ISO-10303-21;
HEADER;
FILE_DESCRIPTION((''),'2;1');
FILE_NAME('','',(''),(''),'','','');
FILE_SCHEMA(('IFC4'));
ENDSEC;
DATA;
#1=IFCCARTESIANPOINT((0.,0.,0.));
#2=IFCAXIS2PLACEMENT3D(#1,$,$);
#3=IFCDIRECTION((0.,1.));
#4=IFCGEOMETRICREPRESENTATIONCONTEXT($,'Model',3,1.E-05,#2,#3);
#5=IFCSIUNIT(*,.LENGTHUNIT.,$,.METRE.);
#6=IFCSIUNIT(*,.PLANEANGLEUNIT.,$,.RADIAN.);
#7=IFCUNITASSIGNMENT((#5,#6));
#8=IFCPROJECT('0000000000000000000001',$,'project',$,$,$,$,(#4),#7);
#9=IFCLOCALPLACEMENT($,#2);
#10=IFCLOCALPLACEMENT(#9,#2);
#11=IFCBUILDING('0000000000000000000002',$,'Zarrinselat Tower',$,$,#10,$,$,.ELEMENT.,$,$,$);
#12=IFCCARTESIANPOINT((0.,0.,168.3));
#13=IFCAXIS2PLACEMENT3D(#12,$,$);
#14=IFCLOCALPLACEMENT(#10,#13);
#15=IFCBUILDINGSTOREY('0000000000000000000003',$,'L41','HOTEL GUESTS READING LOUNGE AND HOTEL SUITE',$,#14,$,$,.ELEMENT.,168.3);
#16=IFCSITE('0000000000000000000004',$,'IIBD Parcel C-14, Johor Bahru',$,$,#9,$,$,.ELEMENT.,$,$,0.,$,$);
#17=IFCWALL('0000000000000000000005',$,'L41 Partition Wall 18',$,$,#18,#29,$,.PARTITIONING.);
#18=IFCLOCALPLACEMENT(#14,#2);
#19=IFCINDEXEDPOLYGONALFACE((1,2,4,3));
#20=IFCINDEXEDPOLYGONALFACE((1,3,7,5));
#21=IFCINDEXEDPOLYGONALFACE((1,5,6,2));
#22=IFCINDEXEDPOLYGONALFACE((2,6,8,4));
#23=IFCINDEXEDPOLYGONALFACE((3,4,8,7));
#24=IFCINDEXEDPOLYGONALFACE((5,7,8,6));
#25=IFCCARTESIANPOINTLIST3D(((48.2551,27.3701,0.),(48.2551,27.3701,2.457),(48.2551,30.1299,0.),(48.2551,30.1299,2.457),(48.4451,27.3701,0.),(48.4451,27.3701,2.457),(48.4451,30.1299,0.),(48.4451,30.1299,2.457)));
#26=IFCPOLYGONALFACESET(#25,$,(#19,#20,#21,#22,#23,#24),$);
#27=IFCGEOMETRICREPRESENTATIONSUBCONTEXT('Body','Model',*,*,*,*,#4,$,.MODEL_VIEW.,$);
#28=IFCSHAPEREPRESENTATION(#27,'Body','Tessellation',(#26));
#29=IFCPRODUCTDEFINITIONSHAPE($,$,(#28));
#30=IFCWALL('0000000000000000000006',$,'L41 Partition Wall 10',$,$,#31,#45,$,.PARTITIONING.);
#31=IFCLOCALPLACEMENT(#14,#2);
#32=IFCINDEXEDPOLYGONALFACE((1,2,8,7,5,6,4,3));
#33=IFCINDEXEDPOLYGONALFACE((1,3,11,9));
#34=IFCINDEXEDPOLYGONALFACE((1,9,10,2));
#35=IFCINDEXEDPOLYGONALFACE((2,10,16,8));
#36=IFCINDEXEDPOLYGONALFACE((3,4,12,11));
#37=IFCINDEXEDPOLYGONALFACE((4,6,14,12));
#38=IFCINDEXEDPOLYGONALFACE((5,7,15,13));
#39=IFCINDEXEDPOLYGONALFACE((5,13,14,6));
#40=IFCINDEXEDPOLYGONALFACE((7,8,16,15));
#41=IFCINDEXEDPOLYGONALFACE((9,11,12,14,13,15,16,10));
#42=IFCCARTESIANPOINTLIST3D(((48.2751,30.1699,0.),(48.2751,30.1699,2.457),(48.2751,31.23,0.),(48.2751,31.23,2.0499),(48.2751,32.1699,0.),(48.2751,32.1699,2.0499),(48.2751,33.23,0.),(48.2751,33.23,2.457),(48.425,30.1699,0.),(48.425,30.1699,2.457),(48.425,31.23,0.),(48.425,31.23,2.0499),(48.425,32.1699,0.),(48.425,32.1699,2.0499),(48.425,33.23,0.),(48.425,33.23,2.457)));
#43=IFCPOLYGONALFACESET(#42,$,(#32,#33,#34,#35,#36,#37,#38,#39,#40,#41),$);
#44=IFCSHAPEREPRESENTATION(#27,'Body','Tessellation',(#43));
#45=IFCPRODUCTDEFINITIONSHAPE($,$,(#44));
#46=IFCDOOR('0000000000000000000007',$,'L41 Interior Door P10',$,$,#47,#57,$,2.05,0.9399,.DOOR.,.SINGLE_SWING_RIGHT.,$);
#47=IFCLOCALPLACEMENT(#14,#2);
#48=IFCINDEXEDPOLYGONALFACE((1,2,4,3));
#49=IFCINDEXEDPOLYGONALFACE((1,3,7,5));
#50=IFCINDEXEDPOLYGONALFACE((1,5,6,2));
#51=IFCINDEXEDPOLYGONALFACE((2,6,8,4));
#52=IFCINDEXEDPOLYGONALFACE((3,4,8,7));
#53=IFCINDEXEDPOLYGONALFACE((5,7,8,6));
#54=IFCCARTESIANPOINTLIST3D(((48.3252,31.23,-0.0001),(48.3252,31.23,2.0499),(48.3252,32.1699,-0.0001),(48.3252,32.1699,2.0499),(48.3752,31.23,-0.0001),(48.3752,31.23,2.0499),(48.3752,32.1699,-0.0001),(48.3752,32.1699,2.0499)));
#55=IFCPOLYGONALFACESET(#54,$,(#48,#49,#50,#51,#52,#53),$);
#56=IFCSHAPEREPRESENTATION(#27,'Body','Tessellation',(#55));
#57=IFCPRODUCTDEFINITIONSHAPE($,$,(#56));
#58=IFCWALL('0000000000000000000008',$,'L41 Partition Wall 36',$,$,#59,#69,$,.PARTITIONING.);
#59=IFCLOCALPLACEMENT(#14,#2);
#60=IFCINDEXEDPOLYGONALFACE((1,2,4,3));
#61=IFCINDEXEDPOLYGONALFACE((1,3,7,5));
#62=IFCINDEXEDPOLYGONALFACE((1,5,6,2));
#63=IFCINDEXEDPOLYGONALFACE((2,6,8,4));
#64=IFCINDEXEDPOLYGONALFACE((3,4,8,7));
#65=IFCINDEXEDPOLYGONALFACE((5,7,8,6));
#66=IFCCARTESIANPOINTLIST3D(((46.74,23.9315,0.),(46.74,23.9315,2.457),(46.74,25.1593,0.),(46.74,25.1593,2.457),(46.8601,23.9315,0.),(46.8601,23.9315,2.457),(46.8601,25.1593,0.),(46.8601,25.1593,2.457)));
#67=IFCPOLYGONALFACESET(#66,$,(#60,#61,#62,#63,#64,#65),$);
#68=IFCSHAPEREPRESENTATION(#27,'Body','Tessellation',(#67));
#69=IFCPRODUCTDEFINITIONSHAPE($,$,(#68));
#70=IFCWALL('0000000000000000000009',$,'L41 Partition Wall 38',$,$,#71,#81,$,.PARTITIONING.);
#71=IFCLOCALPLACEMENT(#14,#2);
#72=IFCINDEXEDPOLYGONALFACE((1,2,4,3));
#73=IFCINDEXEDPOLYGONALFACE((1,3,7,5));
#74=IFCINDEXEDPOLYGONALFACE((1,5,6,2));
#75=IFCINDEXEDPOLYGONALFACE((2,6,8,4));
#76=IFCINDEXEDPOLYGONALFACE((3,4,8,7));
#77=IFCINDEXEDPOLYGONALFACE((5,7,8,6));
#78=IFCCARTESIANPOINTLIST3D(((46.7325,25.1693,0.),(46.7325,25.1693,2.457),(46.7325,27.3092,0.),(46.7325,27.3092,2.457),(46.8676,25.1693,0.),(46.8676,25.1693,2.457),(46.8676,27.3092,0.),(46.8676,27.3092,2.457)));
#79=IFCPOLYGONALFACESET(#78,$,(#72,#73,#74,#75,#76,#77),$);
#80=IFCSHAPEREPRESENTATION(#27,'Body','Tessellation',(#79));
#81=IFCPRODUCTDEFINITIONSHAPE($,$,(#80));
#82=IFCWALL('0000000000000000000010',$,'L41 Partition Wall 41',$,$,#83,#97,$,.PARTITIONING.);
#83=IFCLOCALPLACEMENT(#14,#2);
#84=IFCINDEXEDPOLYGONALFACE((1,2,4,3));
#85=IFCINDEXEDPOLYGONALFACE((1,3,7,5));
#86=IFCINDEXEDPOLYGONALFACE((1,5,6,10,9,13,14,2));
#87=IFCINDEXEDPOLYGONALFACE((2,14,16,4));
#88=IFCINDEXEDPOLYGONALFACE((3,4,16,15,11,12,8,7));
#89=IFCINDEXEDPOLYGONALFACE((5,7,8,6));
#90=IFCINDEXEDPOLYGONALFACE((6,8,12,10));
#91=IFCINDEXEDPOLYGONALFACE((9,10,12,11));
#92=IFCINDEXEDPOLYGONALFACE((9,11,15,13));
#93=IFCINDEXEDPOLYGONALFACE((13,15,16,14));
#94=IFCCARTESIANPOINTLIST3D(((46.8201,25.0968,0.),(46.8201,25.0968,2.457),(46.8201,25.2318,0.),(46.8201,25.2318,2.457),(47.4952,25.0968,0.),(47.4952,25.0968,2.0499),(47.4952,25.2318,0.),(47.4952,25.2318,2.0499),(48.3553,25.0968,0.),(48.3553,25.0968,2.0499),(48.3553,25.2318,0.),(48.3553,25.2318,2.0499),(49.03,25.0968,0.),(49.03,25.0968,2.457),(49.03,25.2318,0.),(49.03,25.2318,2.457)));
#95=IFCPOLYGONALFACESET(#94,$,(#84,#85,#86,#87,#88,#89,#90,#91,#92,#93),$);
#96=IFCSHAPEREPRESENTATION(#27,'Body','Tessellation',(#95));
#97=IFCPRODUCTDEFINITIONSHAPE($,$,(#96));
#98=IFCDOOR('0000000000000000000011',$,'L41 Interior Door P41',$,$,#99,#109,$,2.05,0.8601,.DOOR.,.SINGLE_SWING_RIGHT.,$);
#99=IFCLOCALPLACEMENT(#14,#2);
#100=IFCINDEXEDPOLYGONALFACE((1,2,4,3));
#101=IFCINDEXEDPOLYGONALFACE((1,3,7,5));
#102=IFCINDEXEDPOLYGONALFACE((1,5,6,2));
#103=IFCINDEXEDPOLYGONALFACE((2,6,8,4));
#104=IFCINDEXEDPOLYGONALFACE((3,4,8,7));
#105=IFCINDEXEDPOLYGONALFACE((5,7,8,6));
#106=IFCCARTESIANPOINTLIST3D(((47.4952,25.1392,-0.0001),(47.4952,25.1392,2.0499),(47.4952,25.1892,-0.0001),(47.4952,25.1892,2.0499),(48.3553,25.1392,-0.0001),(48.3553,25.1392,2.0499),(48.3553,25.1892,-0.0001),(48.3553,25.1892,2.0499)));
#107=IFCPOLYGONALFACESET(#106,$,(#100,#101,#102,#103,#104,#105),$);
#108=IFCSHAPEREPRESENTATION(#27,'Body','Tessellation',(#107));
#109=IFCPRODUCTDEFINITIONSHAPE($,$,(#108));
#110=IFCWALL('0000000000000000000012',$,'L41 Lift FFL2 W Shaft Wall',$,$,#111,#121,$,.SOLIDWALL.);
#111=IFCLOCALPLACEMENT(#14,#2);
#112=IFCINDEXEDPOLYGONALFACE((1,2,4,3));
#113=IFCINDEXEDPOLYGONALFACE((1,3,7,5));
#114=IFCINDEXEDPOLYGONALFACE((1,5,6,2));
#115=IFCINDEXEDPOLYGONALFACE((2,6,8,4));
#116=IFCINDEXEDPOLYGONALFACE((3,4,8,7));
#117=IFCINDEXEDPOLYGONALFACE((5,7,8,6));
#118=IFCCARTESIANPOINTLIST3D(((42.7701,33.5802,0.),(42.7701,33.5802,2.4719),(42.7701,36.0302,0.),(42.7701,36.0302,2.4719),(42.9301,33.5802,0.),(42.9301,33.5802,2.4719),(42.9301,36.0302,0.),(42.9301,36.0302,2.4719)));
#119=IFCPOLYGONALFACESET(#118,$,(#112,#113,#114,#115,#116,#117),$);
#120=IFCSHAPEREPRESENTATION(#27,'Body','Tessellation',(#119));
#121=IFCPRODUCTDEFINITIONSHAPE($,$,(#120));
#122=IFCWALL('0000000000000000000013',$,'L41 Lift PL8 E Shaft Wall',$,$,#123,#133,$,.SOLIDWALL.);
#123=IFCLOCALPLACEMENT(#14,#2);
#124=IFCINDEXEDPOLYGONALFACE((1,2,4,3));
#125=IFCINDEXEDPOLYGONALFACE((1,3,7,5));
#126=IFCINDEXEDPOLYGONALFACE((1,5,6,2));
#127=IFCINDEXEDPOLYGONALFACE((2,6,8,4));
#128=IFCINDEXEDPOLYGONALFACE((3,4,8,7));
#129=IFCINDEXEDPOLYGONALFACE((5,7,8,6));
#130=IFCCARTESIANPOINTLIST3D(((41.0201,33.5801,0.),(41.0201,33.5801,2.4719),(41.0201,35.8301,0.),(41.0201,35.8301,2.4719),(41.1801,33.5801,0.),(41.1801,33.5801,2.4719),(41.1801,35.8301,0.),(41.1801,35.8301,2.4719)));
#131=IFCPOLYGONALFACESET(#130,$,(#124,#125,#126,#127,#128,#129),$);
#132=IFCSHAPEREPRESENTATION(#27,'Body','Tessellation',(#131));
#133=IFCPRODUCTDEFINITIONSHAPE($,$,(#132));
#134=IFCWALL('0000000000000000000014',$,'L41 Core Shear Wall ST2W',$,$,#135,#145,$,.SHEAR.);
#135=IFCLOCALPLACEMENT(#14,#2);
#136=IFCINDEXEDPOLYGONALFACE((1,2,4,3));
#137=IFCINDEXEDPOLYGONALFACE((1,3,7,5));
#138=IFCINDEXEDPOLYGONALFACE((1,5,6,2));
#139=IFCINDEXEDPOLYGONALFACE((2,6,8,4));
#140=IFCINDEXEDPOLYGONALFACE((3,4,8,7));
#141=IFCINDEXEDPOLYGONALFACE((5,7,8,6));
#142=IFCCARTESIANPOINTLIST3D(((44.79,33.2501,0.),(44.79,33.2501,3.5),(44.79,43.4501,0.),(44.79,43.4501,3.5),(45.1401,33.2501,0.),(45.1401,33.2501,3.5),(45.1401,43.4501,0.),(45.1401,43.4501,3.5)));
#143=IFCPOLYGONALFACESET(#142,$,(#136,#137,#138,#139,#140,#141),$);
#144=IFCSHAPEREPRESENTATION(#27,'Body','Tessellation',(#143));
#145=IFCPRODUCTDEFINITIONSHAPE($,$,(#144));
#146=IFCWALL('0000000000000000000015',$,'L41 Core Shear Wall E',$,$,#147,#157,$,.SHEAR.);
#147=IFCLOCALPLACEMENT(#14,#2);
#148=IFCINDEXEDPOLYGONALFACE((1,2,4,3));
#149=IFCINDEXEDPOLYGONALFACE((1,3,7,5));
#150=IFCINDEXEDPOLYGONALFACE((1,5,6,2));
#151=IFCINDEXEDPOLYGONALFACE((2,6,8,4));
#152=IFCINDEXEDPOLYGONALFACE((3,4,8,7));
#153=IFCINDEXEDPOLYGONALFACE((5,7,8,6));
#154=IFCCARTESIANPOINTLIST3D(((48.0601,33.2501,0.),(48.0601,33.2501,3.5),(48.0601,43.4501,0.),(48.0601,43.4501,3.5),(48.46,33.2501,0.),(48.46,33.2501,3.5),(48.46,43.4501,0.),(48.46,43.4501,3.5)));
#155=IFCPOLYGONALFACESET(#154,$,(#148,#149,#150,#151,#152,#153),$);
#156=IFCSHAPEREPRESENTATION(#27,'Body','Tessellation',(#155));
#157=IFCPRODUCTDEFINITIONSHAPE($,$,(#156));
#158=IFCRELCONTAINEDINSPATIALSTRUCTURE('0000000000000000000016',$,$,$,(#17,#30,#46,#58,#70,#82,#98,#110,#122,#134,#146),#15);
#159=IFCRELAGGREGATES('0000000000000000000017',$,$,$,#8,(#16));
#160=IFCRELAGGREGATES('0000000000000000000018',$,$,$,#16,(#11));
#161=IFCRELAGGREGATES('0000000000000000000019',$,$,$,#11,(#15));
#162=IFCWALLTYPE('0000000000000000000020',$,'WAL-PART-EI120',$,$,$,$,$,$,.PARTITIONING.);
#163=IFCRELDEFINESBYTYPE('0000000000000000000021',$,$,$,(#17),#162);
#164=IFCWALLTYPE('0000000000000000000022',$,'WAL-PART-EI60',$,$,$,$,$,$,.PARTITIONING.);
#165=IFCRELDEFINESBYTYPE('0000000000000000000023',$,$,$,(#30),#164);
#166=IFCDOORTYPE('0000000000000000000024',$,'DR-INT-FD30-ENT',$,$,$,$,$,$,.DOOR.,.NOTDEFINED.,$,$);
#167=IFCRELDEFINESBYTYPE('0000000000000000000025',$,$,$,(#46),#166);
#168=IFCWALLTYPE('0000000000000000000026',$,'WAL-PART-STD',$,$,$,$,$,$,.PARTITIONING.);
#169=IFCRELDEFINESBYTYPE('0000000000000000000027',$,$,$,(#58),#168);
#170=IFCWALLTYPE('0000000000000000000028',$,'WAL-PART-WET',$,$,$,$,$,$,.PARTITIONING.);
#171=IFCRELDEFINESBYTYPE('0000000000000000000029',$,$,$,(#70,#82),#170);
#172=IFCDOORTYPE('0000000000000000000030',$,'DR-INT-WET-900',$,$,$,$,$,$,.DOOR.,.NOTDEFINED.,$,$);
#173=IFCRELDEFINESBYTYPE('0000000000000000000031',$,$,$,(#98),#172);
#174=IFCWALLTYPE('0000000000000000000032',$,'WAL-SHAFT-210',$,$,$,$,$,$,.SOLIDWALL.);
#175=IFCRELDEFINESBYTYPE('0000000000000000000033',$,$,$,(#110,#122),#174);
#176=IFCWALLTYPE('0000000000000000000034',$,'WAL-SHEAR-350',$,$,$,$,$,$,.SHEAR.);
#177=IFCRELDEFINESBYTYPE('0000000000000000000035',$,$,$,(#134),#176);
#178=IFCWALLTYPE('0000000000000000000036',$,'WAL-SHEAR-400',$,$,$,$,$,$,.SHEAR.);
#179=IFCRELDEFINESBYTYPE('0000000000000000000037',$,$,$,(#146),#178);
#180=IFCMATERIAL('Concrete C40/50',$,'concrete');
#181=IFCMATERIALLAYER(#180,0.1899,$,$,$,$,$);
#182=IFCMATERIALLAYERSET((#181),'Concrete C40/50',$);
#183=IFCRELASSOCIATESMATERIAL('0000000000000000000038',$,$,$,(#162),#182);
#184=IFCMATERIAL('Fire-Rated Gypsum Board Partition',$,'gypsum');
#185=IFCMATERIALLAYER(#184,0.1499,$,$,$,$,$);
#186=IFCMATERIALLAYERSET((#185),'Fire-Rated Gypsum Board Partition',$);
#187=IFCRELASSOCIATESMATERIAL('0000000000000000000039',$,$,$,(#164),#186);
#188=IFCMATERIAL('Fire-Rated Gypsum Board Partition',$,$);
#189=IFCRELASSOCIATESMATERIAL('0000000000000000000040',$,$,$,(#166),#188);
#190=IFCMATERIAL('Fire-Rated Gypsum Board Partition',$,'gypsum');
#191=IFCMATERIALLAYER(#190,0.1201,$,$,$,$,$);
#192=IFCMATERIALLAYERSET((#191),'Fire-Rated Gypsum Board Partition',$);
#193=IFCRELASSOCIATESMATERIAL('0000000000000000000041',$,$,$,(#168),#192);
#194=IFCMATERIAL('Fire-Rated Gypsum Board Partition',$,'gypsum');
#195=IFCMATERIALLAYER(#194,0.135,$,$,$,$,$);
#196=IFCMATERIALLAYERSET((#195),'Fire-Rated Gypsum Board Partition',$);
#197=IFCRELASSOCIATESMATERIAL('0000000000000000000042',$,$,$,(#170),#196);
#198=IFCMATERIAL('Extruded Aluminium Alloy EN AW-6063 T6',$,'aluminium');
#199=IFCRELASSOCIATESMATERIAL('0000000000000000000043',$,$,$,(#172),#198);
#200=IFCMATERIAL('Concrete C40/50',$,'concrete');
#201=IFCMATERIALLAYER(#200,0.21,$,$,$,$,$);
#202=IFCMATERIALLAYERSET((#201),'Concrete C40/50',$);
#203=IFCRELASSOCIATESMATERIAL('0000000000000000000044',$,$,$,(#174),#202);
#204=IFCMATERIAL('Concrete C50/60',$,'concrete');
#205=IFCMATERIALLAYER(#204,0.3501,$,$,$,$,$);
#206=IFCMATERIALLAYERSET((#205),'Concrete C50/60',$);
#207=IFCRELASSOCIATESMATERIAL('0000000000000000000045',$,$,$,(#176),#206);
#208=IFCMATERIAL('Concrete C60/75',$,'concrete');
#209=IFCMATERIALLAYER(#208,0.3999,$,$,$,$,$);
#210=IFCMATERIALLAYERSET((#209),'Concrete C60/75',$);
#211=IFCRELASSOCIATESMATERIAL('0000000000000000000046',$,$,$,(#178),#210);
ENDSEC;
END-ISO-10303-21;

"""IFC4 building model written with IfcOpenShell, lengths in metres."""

from ifc_helpers import new_model, si_unit, direction, frame, frame_2d, origin, place, context, subcontext, project, spatial, rectangle, extrude, material, layer, layer_set, type_object, element, fill, save


model = new_model("IFC4")

# Units and contexts
model_context = context("Model", 3, precision=1e-05, world=origin(), true_north=direction((0.0, 1.0)))
body_context = subcontext(model_context, "Body", "Model", "MODEL_VIEW")
ifc_project = project(units=[si_unit("LENGTHUNIT", "METRE"), si_unit("PLANEANGLEUNIT", "RADIAN")], contexts=[model_context])

# Site, building, storey
site_placement = place(None, origin())
site = spatial("IfcSite", under=ifc_project, at=site_placement, Name="IIBD Parcel C-14, Johor Bahru", CompositionType="ELEMENT", RefElevation=0.0)
building_placement = place(site_placement, origin())
building = spatial("IfcBuilding", under=site, at=building_placement, Name="Zarrinselat Tower", CompositionType="ELEMENT")
storey_placement = place(building_placement, frame((0.0, 0.0, 168.3)))
storey = spatial("IfcBuildingStorey", under=building, at=storey_placement, Name="L41", Description="HOTEL GUESTS READING LOUNGE AND HOTEL SUITE", CompositionType="ELEMENT", Elevation=168.3)

# Shared definitions
ifc_material_1 = material(Name="Concrete C40/50", Category="concrete")
ifc_layer_1 = layer(ifc_material_1, 0.1899)
ifc_layer_set_1 = layer_set([ifc_layer_1], Name="Concrete C40/50")
wall_type_1 = type_object("IfcWallType", Name="WAL-PART-EI120", PredefinedType="PARTITIONING", material=ifc_layer_set_1)

# Wall
wall_1_placement = place(storey_placement, frame((48.3501, 27.3701, 0.0), z_axis=(0.0, 0.0, 1.0), x_axis=(0.0, 1.0, 0.0)))
element("IfcWall", 1, at=wall_1_placement, inside=storey, type_object=wall_type_1, Name="L41 Partition Wall 18", PredefinedType="PARTITIONING", context=body_context, shape_type="SweptSolid", body=[
    extrude(rectangle(XDim=2.7598, YDim=0.1899, at=frame_2d((1.3799, 0.0))), origin(), (0.0, 0.0, 1.0), 2.457),
])

# Wall, opening, door
ifc_material_2 = material(Name="Fire-Rated Gypsum Board Partition", Category="gypsum")
ifc_layer_2 = layer(ifc_material_2, 0.1499)
ifc_layer_set_2 = layer_set([ifc_layer_2], Name="Fire-Rated Gypsum Board Partition")
wall_type_2 = type_object("IfcWallType", Name="WAL-PART-EI60", PredefinedType="PARTITIONING", material=ifc_layer_set_2)
wall_2_placement = place(storey_placement, frame((48.3501, 30.1699, 0.0), z_axis=(0.0, 0.0, 1.0), x_axis=(0.0, 1.0, 0.0)))
wall_2 = element("IfcWall", 2, at=wall_2_placement, inside=storey, type_object=wall_type_2, Name="L41 Partition Wall 10", PredefinedType="PARTITIONING", context=body_context, shape_type="SweptSolid", body=[
    extrude(rectangle(XDim=3.0601, YDim=0.1499, at=frame_2d((1.53, 0.0))), origin(), (0.0, 0.0, 1.0), 2.457),
])
opening_1_placement = place(wall_2_placement, frame((1.0601, 0.0, 0.0)))
opening_1 = element("IfcOpeningElement", 3, at=opening_1_placement, cuts=wall_2, PredefinedType="OPENING", context=body_context, shape_type="SweptSolid", body=[
    extrude(rectangle(XDim=0.9399, YDim=2.05, at=frame_2d((0.47, 1.0249))), frame((0.0, 0.085, 0.0), z_axis=(0.0, -1.0, 0.0), x_axis=(1.0, 0.0, 0.0)), (0.0, 0.0, 1.0), 0.1699),
])
ifc_material_3 = material(Name="Fire-Rated Gypsum Board Partition")
door_type_1 = type_object("IfcDoorType", Name="DR-INT-FD30-ENT", OperationType="NOTDEFINED", PredefinedType="DOOR", material=ifc_material_3)
door_1_placement = place(opening_1_placement, origin())
door_1 = element("IfcDoor", 4, at=door_1_placement, inside=storey, type_object=door_type_1, Name="L41 Interior Door P10", OperationType="SINGLE_SWING_RIGHT", OverallHeight=2.05, OverallWidth=0.9399, PredefinedType="DOOR", context=body_context, shape_type="SweptSolid", body=[
    extrude(rectangle(XDim=0.9399, YDim=2.05, at=frame_2d((0.47, 1.0249))), frame((0.0, 0.0249, 0.0), z_axis=(0.0, -1.0, 0.0), x_axis=(1.0, 0.0, 0.0)), (0.0, 0.0, 1.0), 0.05),
])
fill(opening_1, door_1)

# Walls
ifc_material_4 = material(Name="Fire-Rated Gypsum Board Partition", Category="gypsum")
ifc_layer_3 = layer(ifc_material_4, 0.1201)
ifc_layer_set_3 = layer_set([ifc_layer_3], Name="Fire-Rated Gypsum Board Partition")
wall_type_3 = type_object("IfcWallType", Name="WAL-PART-STD", PredefinedType="PARTITIONING", material=ifc_layer_set_3)
wall_3_placement = place(storey_placement, frame((46.8, 23.9316, 0.0), z_axis=(0.0, 0.0, 1.0), x_axis=(0.0, 1.0, 0.0)))
element("IfcWall", 5, at=wall_3_placement, inside=storey, type_object=wall_type_3, Name="L41 Partition Wall 36", PredefinedType="PARTITIONING", context=body_context, shape_type="SweptSolid", body=[
    extrude(rectangle(XDim=1.2278, YDim=0.1201, at=frame_2d((0.6138, 0.0))), origin(), (0.0, 0.0, 1.0), 2.457),
])
ifc_material_5 = material(Name="Fire-Rated Gypsum Board Partition", Category="gypsum")
ifc_layer_4 = layer(ifc_material_5, 0.135)
ifc_layer_set_4 = layer_set([ifc_layer_4], Name="Fire-Rated Gypsum Board Partition")
wall_type_4 = type_object("IfcWallType", Name="WAL-PART-WET", PredefinedType="PARTITIONING", material=ifc_layer_set_4)
wall_4_placement = place(storey_placement, frame((46.8, 25.1694, 0.0), z_axis=(0.0, 0.0, 1.0), x_axis=(0.0, 1.0, 0.0)))
element("IfcWall", 6, at=wall_4_placement, inside=storey, type_object=wall_type_4, Name="L41 Partition Wall 38", PredefinedType="PARTITIONING", context=body_context, shape_type="SweptSolid", body=[
    extrude(rectangle(XDim=2.1399, YDim=0.135, at=frame_2d((1.0698, 0.0))), origin(), (0.0, 0.0, 1.0), 2.457),
])

# Wall, opening, door
wall_5_placement = place(storey_placement, frame((46.8201, 25.1643, 0.0), z_axis=(0.0, 0.0, 1.0), x_axis=(1.0, 0.0, 0.0)))
wall_5 = element("IfcWall", 7, at=wall_5_placement, inside=storey, type_object=wall_type_4, Name="L41 Partition Wall 41", PredefinedType="PARTITIONING", context=body_context, shape_type="SweptSolid", body=[
    extrude(rectangle(XDim=2.21, YDim=0.135, at=frame_2d((1.105, 0.0))), origin(), (0.0, 0.0, 1.0), 2.457),
])
opening_2_placement = place(wall_5_placement, frame((0.675, 0.0, 0.0)))
opening_2 = element("IfcOpeningElement", 8, at=opening_2_placement, cuts=wall_5, PredefinedType="OPENING", context=body_context, shape_type="SweptSolid", body=[
    extrude(rectangle(XDim=0.8601, YDim=2.05, at=frame_2d((0.4302, 1.0249))), frame((0.0, 0.0774, 0.0), z_axis=(0.0, -1.0, 0.0), x_axis=(1.0, 0.0, 0.0)), (0.0, 0.0, 1.0), 0.155),
])
ifc_material_6 = material(Name="Extruded Aluminium Alloy EN AW-6063 T6", Category="aluminium")
door_type_2 = type_object("IfcDoorType", Name="DR-INT-WET-900", OperationType="NOTDEFINED", PredefinedType="DOOR", material=ifc_material_6)
door_2_placement = place(opening_2_placement, origin())
door_2 = element("IfcDoor", 9, at=door_2_placement, inside=storey, type_object=door_type_2, Name="L41 Interior Door P41", OperationType="SINGLE_SWING_RIGHT", OverallHeight=2.05, OverallWidth=0.8601, PredefinedType="DOOR", context=body_context, shape_type="SweptSolid", body=[
    extrude(rectangle(XDim=0.8601, YDim=2.05, at=frame_2d((0.4302, 1.0249))), frame((0.0, 0.0249, 0.0), z_axis=(0.0, -1.0, 0.0), x_axis=(1.0, 0.0, 0.0)), (0.0, 0.0, 1.0), 0.05),
])
fill(opening_2, door_2)

# Walls
ifc_material_7 = material(Name="Concrete C40/50", Category="concrete")
ifc_layer_5 = layer(ifc_material_7, 0.21)
ifc_layer_set_5 = layer_set([ifc_layer_5], Name="Concrete C40/50")
wall_type_5 = type_object("IfcWallType", Name="WAL-SHAFT-210", PredefinedType="SOLIDWALL", material=ifc_layer_set_5)
wall_6_placement = place(storey_placement, frame((42.8501, 33.5801, 0.0), z_axis=(0.0, 0.0, 1.0), x_axis=(0.0, 1.0, 0.0)))
element("IfcWall", 10, at=wall_6_placement, inside=storey, type_object=wall_type_5, Name="L41 Lift FFL2 W Shaft Wall", PredefinedType="SOLIDWALL", context=body_context, shape_type="SweptSolid", body=[
    extrude(rectangle(XDim=2.45, YDim=0.1599, at=frame_2d((1.2251, 0.0))), origin(), (0.0, 0.0, 1.0), 2.4719),
])
wall_7_placement = place(storey_placement, frame((41.1001, 33.5801, 0.0), z_axis=(0.0, 0.0, 1.0), x_axis=(0.0, 1.0, 0.0)))
element("IfcWall", 11, at=wall_7_placement, inside=storey, type_object=wall_type_5, Name="L41 Lift PL8 E Shaft Wall", PredefinedType="SOLIDWALL", context=body_context, shape_type="SweptSolid", body=[
    extrude(rectangle(XDim=2.25, YDim=0.1599, at=frame_2d((1.125, 0.0))), origin(), (0.0, 0.0, 1.0), 2.4719),
])
ifc_material_8 = material(Name="Concrete C50/60", Category="concrete")
ifc_layer_6 = layer(ifc_material_8, 0.3501)
ifc_layer_set_6 = layer_set([ifc_layer_6], Name="Concrete C50/60")
wall_type_6 = type_object("IfcWallType", Name="WAL-SHEAR-350", PredefinedType="SHEAR", material=ifc_layer_set_6)
wall_8_placement = place(storey_placement, frame((44.9651, 33.25, 0.0), z_axis=(0.0, 0.0, 1.0), x_axis=(0.0, 1.0, 0.0)))
element("IfcWall", 12, at=wall_8_placement, inside=storey, type_object=wall_type_6, Name="L41 Core Shear Wall ST2W", PredefinedType="SHEAR", context=body_context, shape_type="SweptSolid", body=[
    extrude(rectangle(XDim=10.2, YDim=0.3501, at=frame_2d((5.1001, 0.0))), origin(), (0.0, 0.0, 1.0), 3.5),
])
ifc_material_9 = material(Name="Concrete C60/75", Category="concrete")
ifc_layer_7 = layer(ifc_material_9, 0.3999)
ifc_layer_set_7 = layer_set([ifc_layer_7], Name="Concrete C60/75")
wall_type_7 = type_object("IfcWallType", Name="WAL-SHEAR-400", PredefinedType="SHEAR", material=ifc_layer_set_7)
wall_9_placement = place(storey_placement, frame((48.26, 33.25, 0.0), z_axis=(0.0, 0.0, 1.0), x_axis=(0.0, 1.0, 0.0)))
element("IfcWall", 13, at=wall_9_placement, inside=storey, type_object=wall_type_7, Name="L41 Core Shear Wall E", PredefinedType="SHEAR", context=body_context, shape_type="SweptSolid", body=[
    extrude(rectangle(XDim=10.2, YDim=0.3999, at=frame_2d((5.1001, 0.0))), origin(), (0.0, 0.0, 1.0), 3.5),
])

save(model, "model.ifc")
